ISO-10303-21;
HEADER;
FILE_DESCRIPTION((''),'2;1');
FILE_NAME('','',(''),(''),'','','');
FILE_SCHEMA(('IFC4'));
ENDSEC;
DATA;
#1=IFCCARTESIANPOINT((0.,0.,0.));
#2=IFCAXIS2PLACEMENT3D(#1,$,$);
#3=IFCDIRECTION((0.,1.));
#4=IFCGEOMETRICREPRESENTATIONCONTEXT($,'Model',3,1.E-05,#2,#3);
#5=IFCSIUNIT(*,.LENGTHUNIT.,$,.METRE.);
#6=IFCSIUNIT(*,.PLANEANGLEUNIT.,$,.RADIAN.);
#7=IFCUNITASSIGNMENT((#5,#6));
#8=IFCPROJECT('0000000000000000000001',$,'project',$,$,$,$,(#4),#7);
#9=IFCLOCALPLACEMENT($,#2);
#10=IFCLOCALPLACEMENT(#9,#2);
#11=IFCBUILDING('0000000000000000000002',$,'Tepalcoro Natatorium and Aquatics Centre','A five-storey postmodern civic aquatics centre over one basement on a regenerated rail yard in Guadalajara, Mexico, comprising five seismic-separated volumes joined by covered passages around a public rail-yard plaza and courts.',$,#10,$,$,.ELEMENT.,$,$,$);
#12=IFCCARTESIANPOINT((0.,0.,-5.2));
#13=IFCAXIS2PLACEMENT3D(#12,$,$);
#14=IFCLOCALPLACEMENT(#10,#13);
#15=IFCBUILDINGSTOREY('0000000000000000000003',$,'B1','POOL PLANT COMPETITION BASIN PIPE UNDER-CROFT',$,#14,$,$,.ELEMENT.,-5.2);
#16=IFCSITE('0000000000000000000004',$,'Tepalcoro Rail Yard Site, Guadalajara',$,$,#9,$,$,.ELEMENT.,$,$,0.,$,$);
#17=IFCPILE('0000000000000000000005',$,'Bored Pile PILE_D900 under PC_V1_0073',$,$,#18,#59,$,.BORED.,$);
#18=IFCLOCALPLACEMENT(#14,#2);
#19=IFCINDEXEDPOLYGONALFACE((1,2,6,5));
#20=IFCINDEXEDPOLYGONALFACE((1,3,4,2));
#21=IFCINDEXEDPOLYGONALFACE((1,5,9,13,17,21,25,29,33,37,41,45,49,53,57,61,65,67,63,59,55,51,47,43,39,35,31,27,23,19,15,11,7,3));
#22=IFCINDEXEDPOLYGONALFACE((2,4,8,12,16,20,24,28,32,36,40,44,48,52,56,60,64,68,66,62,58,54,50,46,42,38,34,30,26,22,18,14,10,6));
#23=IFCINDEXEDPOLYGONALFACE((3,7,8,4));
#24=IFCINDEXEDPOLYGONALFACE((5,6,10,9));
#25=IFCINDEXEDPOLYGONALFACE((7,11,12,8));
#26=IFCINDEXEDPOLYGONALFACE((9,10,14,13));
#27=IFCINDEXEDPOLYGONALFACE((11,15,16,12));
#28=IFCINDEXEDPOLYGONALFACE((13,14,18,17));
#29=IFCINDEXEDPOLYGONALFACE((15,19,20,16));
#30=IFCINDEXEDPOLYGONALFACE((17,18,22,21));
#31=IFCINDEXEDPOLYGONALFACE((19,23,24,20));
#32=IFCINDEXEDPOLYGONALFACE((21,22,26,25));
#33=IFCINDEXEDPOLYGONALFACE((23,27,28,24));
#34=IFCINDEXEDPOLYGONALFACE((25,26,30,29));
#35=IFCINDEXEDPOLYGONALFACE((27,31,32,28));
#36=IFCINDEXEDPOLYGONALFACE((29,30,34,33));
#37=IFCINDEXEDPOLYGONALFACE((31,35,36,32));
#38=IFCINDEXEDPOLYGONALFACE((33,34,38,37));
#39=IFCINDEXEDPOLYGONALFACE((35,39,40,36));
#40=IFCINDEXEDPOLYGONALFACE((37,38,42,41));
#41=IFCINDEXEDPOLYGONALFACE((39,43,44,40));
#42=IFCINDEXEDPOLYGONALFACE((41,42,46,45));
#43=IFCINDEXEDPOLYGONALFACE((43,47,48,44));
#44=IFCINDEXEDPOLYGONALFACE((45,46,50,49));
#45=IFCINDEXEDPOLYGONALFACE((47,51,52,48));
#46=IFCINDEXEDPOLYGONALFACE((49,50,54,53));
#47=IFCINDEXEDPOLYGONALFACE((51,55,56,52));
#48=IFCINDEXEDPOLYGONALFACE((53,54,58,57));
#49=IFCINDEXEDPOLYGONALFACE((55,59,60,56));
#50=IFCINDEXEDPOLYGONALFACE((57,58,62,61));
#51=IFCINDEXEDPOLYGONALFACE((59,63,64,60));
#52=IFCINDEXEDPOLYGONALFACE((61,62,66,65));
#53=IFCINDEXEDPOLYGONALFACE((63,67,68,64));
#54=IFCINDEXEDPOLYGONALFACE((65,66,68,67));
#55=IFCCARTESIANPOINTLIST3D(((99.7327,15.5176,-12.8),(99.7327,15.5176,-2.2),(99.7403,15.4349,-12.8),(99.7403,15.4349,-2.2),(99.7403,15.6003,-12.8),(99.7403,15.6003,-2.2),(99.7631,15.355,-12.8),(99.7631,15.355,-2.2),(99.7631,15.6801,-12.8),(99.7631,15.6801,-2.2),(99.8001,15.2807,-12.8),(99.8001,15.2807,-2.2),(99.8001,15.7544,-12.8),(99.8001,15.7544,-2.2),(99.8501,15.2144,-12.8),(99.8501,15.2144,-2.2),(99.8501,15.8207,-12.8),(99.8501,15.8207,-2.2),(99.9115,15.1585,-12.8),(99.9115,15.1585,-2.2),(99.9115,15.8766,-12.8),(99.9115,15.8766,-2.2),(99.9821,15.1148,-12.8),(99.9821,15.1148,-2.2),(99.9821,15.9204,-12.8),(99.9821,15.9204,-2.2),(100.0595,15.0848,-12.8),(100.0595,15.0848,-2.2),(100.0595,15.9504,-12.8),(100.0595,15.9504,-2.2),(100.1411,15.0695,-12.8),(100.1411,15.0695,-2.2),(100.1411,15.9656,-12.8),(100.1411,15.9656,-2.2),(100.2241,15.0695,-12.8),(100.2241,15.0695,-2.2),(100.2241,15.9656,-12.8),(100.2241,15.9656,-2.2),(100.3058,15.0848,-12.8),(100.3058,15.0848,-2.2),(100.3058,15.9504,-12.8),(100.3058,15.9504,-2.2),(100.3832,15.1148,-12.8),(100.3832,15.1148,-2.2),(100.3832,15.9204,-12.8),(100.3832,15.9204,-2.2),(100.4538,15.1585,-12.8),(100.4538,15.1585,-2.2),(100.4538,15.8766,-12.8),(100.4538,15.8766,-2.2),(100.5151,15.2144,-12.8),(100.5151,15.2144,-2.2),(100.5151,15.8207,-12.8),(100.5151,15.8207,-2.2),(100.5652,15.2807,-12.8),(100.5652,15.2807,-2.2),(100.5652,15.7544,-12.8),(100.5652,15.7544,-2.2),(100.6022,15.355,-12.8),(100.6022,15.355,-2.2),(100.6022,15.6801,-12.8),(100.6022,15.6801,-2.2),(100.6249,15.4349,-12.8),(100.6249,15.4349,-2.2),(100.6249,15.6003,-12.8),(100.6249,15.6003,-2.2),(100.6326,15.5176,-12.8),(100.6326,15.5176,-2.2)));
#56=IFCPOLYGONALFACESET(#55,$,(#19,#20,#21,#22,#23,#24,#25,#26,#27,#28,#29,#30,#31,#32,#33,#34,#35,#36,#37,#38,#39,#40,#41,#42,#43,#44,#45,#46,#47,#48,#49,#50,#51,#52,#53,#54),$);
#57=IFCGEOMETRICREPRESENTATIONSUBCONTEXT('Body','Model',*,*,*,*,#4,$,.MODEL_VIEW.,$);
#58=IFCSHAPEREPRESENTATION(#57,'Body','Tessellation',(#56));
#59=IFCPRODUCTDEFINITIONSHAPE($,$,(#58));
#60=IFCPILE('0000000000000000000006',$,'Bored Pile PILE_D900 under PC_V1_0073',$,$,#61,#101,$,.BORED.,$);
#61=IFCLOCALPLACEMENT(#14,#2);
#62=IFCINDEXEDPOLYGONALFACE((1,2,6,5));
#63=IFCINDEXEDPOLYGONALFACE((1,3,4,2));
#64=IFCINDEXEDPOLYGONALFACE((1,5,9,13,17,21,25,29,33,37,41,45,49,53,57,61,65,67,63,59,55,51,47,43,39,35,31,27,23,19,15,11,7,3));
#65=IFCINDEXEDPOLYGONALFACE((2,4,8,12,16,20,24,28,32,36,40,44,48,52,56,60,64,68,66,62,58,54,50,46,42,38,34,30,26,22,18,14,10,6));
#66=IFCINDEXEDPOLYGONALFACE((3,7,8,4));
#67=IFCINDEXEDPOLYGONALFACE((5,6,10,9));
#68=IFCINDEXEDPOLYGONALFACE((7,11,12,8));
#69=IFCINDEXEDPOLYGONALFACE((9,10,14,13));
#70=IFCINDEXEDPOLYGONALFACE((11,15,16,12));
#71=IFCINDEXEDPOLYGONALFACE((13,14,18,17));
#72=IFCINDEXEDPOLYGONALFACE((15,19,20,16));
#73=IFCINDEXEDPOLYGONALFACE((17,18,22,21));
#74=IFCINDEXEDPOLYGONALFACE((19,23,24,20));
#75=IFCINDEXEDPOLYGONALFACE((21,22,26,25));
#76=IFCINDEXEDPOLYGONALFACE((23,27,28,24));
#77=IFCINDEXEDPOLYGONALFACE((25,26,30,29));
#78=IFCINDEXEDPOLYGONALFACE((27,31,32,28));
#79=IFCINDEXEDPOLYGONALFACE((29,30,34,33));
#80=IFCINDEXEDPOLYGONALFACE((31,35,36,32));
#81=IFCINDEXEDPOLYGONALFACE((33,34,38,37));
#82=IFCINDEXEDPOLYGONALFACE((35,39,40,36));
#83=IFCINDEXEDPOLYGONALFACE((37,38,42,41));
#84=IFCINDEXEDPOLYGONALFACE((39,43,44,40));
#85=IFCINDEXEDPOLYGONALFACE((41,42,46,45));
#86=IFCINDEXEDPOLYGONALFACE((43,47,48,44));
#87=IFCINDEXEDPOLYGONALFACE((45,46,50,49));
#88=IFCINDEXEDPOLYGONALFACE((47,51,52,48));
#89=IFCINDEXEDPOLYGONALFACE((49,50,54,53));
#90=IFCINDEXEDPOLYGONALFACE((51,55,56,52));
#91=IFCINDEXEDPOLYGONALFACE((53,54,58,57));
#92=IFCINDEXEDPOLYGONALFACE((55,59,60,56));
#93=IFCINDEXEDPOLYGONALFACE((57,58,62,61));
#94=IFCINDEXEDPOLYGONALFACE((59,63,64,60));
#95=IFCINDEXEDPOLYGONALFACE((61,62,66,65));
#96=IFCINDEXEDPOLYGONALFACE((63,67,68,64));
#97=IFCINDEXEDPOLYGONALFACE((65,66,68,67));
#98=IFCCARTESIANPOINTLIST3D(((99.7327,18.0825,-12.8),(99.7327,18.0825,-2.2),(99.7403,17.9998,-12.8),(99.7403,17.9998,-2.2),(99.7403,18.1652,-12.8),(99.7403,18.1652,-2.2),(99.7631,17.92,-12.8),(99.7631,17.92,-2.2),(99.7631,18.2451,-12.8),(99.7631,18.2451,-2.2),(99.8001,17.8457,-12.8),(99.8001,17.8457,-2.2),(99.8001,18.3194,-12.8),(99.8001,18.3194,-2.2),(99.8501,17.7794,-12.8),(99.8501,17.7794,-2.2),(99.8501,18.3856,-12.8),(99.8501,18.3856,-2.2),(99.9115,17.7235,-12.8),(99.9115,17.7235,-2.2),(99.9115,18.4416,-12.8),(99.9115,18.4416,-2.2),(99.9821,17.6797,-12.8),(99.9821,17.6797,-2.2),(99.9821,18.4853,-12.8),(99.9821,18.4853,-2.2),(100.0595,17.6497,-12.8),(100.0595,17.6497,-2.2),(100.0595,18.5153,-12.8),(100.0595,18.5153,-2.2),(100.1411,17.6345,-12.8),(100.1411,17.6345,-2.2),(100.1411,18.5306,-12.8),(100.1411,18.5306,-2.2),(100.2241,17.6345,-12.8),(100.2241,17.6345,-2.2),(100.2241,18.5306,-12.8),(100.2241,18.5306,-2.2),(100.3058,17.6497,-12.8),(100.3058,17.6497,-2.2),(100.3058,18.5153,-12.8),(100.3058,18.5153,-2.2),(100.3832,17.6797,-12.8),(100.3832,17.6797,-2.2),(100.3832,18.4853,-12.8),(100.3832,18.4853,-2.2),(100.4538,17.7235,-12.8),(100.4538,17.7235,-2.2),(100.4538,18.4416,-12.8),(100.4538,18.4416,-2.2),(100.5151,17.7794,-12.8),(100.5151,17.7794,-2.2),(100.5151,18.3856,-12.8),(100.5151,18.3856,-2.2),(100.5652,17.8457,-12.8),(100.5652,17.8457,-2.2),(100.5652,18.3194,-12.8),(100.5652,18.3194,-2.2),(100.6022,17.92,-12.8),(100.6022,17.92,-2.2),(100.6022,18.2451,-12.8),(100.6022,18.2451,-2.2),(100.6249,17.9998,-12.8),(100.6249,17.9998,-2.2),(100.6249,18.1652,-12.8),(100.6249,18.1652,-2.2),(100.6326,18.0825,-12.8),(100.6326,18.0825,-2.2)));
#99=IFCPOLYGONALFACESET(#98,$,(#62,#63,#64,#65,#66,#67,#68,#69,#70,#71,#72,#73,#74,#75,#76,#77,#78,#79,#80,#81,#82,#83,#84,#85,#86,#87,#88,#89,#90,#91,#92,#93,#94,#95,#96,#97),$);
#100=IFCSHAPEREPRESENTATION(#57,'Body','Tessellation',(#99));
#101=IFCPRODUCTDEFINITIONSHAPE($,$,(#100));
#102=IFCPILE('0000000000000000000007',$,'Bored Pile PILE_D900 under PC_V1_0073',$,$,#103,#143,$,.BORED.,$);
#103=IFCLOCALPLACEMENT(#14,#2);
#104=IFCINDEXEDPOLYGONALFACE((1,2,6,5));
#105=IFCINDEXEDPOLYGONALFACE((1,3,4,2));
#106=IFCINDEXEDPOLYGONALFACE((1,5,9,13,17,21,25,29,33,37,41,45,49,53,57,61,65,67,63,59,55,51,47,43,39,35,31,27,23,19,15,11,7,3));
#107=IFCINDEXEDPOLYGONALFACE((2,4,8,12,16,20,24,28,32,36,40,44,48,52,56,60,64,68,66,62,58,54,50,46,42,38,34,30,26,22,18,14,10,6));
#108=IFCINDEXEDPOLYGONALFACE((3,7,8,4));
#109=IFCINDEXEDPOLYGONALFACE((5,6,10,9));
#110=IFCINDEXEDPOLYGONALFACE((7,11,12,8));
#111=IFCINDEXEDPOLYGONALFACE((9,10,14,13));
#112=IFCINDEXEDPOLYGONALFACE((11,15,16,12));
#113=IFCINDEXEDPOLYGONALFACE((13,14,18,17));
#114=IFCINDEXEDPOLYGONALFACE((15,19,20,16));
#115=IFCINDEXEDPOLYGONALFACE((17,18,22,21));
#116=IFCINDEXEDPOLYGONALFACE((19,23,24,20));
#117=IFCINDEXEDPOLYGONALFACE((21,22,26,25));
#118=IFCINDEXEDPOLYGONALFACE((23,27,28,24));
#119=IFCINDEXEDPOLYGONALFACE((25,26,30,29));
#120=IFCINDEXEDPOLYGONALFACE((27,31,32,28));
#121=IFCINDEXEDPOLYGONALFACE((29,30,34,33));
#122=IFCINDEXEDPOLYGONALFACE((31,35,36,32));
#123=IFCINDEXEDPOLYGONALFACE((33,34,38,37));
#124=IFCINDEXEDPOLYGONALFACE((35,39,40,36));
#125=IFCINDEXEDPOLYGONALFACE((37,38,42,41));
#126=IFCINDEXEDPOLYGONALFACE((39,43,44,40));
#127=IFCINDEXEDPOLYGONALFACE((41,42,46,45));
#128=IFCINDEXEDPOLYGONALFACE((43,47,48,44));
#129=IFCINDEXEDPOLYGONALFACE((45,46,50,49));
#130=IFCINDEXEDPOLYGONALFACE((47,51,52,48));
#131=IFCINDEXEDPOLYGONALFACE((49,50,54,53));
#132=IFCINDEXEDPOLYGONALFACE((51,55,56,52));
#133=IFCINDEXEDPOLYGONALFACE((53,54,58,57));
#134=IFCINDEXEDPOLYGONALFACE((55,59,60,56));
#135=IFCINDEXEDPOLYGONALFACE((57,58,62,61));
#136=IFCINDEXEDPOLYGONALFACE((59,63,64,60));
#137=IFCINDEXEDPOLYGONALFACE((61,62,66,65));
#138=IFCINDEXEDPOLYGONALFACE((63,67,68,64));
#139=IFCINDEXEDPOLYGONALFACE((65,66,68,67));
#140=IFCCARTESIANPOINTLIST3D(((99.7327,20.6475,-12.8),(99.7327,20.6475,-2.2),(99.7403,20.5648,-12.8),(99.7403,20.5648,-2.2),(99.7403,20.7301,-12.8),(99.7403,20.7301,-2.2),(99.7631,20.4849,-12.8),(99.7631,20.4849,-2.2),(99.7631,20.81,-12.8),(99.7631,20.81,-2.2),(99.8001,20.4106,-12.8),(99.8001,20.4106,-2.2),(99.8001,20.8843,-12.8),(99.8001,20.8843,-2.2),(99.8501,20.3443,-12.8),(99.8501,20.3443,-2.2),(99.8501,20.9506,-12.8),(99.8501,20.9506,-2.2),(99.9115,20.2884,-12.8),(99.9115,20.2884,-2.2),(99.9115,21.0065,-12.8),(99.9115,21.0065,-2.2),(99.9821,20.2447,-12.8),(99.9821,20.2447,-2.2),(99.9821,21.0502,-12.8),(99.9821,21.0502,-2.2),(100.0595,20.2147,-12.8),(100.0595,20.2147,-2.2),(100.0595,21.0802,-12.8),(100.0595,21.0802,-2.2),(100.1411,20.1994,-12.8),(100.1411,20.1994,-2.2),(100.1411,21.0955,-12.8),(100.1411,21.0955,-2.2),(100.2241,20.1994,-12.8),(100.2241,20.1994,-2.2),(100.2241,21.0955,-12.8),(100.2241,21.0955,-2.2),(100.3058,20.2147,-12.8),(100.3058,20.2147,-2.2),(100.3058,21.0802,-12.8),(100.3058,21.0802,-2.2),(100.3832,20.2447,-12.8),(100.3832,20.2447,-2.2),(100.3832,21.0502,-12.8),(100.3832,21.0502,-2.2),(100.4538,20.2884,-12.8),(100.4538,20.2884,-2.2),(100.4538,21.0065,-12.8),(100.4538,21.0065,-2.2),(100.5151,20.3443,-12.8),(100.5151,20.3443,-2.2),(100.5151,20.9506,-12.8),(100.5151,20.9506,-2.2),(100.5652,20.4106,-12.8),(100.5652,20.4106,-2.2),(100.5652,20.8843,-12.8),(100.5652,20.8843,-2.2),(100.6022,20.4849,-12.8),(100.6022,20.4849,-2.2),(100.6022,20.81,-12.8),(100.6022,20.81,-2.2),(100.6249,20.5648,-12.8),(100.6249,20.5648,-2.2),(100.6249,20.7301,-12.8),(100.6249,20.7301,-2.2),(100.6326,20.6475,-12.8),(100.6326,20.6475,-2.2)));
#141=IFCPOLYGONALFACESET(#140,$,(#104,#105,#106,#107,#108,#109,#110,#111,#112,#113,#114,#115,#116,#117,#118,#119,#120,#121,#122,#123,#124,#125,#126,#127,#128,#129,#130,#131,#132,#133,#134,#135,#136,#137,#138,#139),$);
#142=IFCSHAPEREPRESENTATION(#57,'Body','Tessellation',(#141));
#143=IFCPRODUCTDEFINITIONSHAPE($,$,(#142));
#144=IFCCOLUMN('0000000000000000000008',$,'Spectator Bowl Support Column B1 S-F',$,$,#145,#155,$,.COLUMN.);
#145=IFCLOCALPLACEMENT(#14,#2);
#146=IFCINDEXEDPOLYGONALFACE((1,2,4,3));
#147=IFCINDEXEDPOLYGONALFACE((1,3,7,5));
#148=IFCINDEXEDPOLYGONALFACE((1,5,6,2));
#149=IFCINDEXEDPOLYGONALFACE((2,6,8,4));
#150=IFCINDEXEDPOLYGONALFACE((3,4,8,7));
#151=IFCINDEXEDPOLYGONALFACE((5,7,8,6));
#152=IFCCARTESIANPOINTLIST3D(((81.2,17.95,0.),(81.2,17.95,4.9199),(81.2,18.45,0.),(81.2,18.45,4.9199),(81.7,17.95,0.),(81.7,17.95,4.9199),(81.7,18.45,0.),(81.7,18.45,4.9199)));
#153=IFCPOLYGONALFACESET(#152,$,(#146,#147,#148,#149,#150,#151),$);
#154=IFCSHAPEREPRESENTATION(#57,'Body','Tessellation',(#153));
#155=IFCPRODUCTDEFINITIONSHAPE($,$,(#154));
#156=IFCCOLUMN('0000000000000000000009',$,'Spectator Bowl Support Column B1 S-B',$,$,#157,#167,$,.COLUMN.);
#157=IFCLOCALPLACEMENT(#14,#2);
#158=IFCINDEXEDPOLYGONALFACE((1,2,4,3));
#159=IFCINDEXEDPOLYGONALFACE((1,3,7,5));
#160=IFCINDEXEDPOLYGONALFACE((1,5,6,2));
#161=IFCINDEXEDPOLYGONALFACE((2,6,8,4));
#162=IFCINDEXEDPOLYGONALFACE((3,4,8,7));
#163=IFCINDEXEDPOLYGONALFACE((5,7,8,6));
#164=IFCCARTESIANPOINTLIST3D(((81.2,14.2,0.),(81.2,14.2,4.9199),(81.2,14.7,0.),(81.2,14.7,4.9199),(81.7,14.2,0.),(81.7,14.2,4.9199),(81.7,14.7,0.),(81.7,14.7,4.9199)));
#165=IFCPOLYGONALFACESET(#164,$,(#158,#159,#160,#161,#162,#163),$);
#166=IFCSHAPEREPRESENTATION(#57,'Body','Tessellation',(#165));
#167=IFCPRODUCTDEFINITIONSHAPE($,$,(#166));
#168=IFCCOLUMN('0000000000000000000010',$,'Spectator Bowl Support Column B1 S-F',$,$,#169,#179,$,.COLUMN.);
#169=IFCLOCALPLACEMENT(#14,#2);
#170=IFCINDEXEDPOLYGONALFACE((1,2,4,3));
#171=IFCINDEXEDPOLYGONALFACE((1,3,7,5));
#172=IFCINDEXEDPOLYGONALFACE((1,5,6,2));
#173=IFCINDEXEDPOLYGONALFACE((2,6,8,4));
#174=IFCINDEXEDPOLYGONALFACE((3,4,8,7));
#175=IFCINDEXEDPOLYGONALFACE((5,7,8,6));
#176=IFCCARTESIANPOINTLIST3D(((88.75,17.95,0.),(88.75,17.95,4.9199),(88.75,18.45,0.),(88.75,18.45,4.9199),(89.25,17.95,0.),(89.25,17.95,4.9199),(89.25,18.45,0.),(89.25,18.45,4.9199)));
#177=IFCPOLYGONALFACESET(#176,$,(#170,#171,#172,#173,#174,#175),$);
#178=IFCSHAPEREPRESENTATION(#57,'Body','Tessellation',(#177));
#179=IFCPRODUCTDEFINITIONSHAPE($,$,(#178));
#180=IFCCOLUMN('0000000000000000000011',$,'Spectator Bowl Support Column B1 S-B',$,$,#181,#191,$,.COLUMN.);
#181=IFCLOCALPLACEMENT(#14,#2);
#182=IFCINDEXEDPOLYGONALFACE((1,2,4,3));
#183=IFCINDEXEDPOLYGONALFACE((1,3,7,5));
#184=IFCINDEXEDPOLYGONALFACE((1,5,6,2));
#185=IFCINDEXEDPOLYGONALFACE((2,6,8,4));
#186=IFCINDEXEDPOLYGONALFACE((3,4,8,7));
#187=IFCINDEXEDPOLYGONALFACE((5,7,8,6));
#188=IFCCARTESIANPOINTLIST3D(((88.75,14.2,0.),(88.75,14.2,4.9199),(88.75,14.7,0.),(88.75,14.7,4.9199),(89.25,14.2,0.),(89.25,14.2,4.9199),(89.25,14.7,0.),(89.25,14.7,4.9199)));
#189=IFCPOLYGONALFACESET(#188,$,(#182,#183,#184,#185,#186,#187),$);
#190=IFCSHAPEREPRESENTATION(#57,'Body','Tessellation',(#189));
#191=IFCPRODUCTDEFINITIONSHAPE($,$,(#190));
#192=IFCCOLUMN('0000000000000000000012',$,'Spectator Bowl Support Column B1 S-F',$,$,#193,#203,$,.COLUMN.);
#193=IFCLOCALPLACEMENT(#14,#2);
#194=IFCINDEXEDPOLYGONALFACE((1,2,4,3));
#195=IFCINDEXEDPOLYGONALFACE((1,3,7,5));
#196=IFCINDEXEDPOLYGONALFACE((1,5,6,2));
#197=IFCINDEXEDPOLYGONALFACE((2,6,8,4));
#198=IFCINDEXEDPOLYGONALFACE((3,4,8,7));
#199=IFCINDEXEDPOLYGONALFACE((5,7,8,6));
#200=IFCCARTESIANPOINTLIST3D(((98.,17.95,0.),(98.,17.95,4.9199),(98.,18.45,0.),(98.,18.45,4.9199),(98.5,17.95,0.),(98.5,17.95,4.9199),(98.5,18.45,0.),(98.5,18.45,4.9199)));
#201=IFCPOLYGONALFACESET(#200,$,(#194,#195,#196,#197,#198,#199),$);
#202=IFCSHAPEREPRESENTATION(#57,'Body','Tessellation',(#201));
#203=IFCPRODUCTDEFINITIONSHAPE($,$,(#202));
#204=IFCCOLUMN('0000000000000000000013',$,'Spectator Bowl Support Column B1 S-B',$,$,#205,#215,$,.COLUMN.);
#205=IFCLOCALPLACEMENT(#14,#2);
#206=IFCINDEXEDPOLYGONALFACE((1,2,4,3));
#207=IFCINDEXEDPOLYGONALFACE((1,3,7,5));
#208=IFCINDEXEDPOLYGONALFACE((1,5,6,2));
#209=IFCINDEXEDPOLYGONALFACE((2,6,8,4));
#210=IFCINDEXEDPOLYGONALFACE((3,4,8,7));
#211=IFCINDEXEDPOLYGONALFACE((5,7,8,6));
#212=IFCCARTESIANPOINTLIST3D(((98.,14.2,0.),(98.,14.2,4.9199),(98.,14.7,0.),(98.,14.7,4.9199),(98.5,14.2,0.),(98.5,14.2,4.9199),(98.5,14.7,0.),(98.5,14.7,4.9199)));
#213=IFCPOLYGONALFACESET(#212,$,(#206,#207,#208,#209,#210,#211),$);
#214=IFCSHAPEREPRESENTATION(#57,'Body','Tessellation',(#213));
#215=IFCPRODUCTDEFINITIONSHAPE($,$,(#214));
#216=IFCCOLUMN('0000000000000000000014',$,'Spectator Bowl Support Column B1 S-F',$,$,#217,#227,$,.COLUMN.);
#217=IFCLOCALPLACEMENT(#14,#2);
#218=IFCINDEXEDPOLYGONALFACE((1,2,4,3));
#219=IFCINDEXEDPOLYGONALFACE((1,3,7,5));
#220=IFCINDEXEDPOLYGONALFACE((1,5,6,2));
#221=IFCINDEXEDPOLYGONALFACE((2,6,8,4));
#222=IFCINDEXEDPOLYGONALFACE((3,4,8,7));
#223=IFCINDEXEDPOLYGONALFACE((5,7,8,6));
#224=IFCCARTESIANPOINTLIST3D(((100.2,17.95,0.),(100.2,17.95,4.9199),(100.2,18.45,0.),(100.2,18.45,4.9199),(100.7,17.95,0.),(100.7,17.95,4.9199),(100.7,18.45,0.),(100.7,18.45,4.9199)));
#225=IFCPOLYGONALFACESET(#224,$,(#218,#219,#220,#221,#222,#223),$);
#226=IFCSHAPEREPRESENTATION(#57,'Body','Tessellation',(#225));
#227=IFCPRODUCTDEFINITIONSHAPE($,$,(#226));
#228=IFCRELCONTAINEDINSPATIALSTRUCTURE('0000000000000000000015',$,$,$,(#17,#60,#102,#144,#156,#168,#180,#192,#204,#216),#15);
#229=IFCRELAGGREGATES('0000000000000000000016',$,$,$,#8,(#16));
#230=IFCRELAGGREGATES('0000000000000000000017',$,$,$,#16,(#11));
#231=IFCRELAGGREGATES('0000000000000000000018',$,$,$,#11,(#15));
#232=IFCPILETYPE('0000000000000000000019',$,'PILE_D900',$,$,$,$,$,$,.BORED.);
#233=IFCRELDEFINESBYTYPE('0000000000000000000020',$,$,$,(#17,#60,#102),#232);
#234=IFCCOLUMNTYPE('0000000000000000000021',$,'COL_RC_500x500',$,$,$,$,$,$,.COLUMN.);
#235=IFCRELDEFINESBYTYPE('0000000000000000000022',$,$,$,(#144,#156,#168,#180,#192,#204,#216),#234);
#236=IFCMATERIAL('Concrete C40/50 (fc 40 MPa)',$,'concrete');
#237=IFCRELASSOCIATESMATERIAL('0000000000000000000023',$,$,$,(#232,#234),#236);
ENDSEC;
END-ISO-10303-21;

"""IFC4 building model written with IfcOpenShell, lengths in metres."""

from ifc_helpers import new_model, si_unit, direction, frame, origin, origin_2d, place, context, subcontext, project, spatial, rectangle, circle, extrude, material, material_profile, profile_set, type_object, element, save


model = new_model("IFC4")

# Units and contexts
model_context = context("Model", 3, precision=1e-05, world=origin(), true_north=direction((0.0, 1.0)))
body_context = subcontext(model_context, "Body", "Model", "MODEL_VIEW")
ifc_project = project(units=[si_unit("LENGTHUNIT", "METRE"), si_unit("PLANEANGLEUNIT", "RADIAN")], contexts=[model_context])

# Site, building, storey
site_placement = place(None, origin())
site = spatial("IfcSite", under=ifc_project, at=site_placement, Name="Tepalcoro Rail Yard Site, Guadalajara", CompositionType="ELEMENT", RefElevation=0.0)
building_placement = place(site_placement, origin())
building = spatial("IfcBuilding", under=site, at=building_placement, Name="Tepalcoro Natatorium and Aquatics Centre", Description="A five-storey postmodern civic aquatics centre over one basement on a regenerated rail yard in Guadalajara, Mexico, comprising five seismic-separated volumes joined by covered passages around a public rail-yard plaza and courts.", CompositionType="ELEMENT")
storey_placement = place(building_placement, frame((0.0, 0.0, -5.2)))
storey = spatial("IfcBuildingStorey", under=building, at=storey_placement, Name="B1", Description="POOL PLANT COMPETITION BASIN PIPE UNDER-CROFT", CompositionType="ELEMENT", Elevation=-5.2)

# Piles
ifc_material_1 = material(Name="Concrete C40/50 (fc 40 MPa)", Category="concrete")
ifc_material_profile_1 = material_profile(ifc_material_1, circle(Radius=0.45, at=origin_2d()), Name="PILE_D900")
ifc_profile_set_1 = profile_set([ifc_material_profile_1], Name="Concrete C40/50 (fc 40 MPa)")
pile_type_1 = type_object("IfcPileType", Name="PILE_D900", PredefinedType="BORED", material=ifc_profile_set_1)
for number, where, z_axis, x_axis, name in (
    (1, (100.1826, 15.5176, -2.2), (0.0, 0.0, -1.0), (1.0, 0.0, 0.0), "Bored Pile PILE_D900 under PC_V1_0073"),
    (2, (100.1826, 18.0825, -2.2), (0.0, 0.0, -1.0), (1.0, 0.0, 0.0), "Bored Pile PILE_D900 under PC_V1_0073"),
    (3, (100.1826, 20.6475, -2.2), (0.0, 0.0, -1.0), (1.0, 0.0, 0.0), "Bored Pile PILE_D900 under PC_V1_0073"),
):
    element("IfcPile", number, at=place(storey_placement, frame(where, z_axis=z_axis, x_axis=x_axis)), inside=storey, type_object=pile_type_1, Name=name, PredefinedType="BORED", context=body_context, shape_type="SweptSolid", body=[
        extrude(circle(Radius=0.45, at=origin_2d()), origin(), (0.0, 0.0, 1.0), 10.6001),
    ])

# Columns
ifc_material_profile_2 = material_profile(ifc_material_1, rectangle(XDim=0.5, YDim=0.5, at=origin_2d()), Name="RC500x500")
ifc_profile_set_2 = profile_set([ifc_material_profile_2], Name="Concrete C40/50 (fc 40 MPa)")
column_type_1 = type_object("IfcColumnType", Name="COL_RC_500x500", PredefinedType="COLUMN", material=ifc_profile_set_2)
for number, where, z_axis, x_axis, name in (
    (4, (81.45, 18.2, 0.0), (0.0, 0.0, 1.0), (1.0, 0.0, 0.0), "Spectator Bowl Support Column B1 S-F"),
    (5, (81.45, 14.45, 0.0), (0.0, 0.0, 1.0), (1.0, 0.0, 0.0), "Spectator Bowl Support Column B1 S-B"),
    (6, (89.0, 18.2, 0.0), (0.0, 0.0, 1.0), (1.0, 0.0, 0.0), "Spectator Bowl Support Column B1 S-F"),
    (7, (89.0, 14.45, 0.0), (0.0, 0.0, 1.0), (1.0, 0.0, 0.0), "Spectator Bowl Support Column B1 S-B"),
    (8, (98.25, 18.2, 0.0), (0.0, 0.0, 1.0), (1.0, 0.0, 0.0), "Spectator Bowl Support Column B1 S-F"),
    (9, (98.25, 14.45, 0.0), (0.0, 0.0, 1.0), (1.0, 0.0, 0.0), "Spectator Bowl Support Column B1 S-B"),
    (10, (100.45, 18.2, 0.0), (0.0, 0.0, 1.0), (1.0, 0.0, 0.0), "Spectator Bowl Support Column B1 S-F"),
):
    element("IfcColumn", number, at=place(storey_placement, frame(where, z_axis=z_axis, x_axis=x_axis)), inside=storey, type_object=column_type_1, Name=name, PredefinedType="COLUMN", context=body_context, shape_type="SweptSolid", body=[
        extrude(rectangle(XDim=0.5, YDim=0.5, at=origin_2d()), origin(), (0.0, 0.0, 1.0), 4.9199),
    ])

save(model, "model.ifc")
